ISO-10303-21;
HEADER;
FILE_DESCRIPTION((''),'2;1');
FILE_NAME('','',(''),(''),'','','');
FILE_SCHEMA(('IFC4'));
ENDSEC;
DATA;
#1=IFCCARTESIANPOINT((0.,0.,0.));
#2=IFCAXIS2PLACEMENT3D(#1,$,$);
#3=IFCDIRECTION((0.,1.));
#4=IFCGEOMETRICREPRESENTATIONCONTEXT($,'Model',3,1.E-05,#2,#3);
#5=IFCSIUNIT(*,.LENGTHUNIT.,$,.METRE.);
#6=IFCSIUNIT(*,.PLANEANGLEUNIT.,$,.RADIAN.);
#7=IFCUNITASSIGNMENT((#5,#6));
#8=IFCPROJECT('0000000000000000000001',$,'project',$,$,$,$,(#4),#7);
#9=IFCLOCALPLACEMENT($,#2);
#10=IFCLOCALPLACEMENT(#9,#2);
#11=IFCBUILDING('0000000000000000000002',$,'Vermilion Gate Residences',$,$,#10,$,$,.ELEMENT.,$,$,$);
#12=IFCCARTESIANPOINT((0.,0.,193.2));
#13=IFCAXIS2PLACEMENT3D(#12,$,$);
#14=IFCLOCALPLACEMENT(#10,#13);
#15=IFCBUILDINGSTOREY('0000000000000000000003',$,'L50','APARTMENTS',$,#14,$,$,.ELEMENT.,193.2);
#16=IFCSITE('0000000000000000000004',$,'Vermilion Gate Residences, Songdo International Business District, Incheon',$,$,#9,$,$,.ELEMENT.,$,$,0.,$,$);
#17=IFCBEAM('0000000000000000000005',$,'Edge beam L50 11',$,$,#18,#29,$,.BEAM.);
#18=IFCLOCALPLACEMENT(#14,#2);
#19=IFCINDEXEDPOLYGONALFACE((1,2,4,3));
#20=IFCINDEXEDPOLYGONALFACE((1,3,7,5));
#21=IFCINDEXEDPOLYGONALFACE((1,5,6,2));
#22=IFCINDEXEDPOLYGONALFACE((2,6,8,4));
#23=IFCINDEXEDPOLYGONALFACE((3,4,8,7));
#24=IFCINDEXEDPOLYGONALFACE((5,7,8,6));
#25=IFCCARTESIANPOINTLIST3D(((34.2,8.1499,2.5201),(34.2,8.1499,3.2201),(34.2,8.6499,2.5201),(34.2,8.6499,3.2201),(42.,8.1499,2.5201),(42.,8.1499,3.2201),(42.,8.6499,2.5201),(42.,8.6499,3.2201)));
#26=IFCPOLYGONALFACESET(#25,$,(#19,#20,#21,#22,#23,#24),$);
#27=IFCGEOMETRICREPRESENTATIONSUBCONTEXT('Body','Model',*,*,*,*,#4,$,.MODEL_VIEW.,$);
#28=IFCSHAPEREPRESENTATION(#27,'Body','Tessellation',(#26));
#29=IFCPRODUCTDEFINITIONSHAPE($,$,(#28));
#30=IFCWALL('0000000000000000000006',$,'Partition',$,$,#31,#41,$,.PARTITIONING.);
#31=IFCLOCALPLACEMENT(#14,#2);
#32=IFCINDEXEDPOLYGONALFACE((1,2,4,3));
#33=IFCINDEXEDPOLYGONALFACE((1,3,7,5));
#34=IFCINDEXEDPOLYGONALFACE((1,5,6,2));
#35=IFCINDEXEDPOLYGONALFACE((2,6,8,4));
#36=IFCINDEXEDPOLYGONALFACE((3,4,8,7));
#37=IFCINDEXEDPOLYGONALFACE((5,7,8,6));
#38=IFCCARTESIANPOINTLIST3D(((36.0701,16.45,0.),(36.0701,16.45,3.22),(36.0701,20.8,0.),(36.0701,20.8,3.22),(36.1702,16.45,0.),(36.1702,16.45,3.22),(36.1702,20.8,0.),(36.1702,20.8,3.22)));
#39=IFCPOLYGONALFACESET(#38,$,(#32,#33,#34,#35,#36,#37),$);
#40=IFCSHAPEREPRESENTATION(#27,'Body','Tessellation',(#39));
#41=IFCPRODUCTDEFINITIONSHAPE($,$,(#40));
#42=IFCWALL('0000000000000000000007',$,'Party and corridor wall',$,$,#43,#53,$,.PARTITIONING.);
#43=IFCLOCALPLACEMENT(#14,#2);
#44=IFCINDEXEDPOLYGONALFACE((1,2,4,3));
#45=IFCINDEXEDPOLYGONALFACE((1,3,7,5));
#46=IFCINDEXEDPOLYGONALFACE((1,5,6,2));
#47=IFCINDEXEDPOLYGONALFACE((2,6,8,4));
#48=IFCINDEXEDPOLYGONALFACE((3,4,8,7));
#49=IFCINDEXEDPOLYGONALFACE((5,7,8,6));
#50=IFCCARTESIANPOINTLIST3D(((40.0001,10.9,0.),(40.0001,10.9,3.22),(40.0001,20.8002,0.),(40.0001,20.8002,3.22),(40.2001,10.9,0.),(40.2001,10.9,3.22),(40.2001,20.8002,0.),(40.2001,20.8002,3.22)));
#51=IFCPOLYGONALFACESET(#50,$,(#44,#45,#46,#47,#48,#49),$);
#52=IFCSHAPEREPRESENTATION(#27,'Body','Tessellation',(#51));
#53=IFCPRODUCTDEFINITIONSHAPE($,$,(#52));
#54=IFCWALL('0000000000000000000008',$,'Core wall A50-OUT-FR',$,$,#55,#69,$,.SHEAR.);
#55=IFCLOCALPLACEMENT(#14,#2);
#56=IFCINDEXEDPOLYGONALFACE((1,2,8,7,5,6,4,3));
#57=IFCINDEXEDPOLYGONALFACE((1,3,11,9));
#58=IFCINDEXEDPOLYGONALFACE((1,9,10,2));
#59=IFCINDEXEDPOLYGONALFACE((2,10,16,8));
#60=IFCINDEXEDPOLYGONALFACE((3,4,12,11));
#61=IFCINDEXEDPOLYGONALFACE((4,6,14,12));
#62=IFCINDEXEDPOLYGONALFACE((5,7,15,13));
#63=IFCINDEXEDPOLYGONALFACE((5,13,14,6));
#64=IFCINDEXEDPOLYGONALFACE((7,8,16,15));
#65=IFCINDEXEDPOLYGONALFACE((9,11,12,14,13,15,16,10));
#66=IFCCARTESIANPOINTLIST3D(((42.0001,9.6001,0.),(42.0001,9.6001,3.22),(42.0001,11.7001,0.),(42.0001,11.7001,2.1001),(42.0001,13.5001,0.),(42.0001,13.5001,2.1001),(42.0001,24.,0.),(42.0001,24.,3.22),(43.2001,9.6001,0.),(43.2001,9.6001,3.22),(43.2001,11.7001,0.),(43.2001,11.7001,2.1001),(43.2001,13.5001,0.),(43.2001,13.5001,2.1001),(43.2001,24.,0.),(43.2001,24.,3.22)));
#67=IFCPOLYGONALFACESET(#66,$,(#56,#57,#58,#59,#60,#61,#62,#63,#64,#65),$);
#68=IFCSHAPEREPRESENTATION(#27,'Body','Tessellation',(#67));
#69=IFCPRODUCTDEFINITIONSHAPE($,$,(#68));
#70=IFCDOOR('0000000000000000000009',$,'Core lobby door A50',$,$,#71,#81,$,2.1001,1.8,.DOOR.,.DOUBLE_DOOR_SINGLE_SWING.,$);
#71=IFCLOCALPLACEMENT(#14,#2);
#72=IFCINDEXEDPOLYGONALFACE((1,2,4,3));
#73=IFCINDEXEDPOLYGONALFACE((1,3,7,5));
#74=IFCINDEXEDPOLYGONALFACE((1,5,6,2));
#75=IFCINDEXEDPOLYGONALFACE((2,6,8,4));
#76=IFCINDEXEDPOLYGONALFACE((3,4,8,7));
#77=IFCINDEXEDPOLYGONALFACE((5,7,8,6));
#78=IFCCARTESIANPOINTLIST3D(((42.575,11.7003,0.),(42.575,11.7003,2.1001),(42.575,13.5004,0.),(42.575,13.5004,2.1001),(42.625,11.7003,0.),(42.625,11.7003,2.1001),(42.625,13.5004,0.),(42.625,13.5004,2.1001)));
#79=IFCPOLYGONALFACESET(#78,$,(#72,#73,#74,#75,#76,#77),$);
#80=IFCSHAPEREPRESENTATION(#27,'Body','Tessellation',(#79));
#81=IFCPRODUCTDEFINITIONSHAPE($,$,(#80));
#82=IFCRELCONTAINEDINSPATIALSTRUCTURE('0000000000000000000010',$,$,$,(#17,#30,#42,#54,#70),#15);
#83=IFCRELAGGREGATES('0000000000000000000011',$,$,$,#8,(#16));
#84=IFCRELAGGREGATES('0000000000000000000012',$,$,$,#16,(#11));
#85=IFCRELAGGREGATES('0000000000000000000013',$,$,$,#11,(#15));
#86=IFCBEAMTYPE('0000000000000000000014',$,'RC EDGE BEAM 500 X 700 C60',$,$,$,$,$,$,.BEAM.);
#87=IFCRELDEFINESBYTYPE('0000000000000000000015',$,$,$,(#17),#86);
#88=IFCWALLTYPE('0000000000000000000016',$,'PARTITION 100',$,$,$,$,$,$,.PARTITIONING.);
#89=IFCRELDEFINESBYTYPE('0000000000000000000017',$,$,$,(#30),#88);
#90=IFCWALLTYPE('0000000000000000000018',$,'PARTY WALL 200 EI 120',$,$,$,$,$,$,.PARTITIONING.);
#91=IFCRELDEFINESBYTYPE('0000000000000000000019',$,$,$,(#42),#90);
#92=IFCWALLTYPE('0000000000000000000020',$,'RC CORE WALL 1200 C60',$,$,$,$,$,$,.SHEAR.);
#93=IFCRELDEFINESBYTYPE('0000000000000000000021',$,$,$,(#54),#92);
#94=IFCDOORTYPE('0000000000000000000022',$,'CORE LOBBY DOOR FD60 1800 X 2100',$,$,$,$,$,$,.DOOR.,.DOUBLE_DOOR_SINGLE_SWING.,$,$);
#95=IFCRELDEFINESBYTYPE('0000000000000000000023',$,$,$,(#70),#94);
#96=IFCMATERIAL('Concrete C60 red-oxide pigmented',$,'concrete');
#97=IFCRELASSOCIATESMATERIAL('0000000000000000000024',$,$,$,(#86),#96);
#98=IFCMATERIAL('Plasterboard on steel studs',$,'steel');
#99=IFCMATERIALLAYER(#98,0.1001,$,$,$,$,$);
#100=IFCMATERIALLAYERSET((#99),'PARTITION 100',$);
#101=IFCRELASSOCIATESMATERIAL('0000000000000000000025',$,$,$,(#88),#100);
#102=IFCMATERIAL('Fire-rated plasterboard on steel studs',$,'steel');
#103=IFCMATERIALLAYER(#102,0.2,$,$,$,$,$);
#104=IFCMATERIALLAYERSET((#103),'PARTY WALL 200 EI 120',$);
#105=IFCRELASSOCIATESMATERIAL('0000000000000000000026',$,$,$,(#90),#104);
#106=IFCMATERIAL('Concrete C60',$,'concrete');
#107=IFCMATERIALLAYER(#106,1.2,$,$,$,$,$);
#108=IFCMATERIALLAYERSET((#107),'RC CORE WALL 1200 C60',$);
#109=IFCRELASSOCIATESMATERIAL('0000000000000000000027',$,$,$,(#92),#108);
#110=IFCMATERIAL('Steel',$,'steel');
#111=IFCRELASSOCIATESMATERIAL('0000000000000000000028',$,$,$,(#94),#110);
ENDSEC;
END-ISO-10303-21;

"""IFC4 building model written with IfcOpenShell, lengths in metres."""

from ifc_helpers import new_model, si_unit, direction, frame, frame_2d, origin, origin_2d, place, context, subcontext, project, spatial, rectangle, extrude, material, layer, layer_set, material_profile, profile_set, type_object, element, fill, save


model = new_model("IFC4")

# Units and contexts
model_context = context("Model", 3, precision=1e-05, world=origin(), true_north=direction((0.0, 1.0)))
body_context = subcontext(model_context, "Body", "Model", "MODEL_VIEW")
ifc_project = project(units=[si_unit("LENGTHUNIT", "METRE"), si_unit("PLANEANGLEUNIT", "RADIAN")], contexts=[model_context])

# Site, building, storey
site_placement = place(None, origin())
site = spatial("IfcSite", under=ifc_project, at=site_placement, Name="Vermilion Gate Residences, Songdo International Business District, Incheon", CompositionType="ELEMENT", RefElevation=0.0)
building_placement = place(site_placement, origin())
building = spatial("IfcBuilding", under=site, at=building_placement, Name="Vermilion Gate Residences", CompositionType="ELEMENT")
storey_placement = place(building_placement, frame((0.0, 0.0, 193.2)))
storey = spatial("IfcBuildingStorey", under=building, at=storey_placement, Name="L50", Description="APARTMENTS", CompositionType="ELEMENT", Elevation=193.2)

# Beam
ifc_material_1 = material(Name="Concrete C60 red-oxide pigmented", Category="concrete")
ifc_material_profile_1 = material_profile(ifc_material_1, rectangle(XDim=0.5, YDim=0.7, at=origin_2d()), Name="RC-500x700")
ifc_profile_set_1 = profile_set([ifc_material_profile_1], Name="Concrete C60 red-oxide pigmented")
beam_type = type_object("IfcBeamType", Name="RC EDGE BEAM 500 X 700 C60", PredefinedType="BEAM", material=ifc_profile_set_1)
beam_placement = place(storey_placement, frame((34.2, 8.3999, 2.8701), z_axis=(1.0, 0.0, 0.0), x_axis=(0.0, 1.0, 0.0)))
element("IfcBeam", 1, at=beam_placement, inside=storey, type_object=beam_type, Name="Edge beam L50 11", PredefinedType="BEAM", context=body_context, shape_type="SweptSolid", body=[
    extrude(rectangle(XDim=0.5, YDim=0.7, at=origin_2d()), origin(), (0.0, 0.0, 1.0), 7.8),
])

# Walls
ifc_material_2 = material(Name="Plasterboard on steel studs", Category="steel")
ifc_layer_1 = layer(ifc_material_2, 0.1001)
ifc_layer_set_1 = layer_set([ifc_layer_1], Name="PARTITION 100")
wall_type_1 = type_object("IfcWallType", Name="PARTITION 100", PredefinedType="PARTITIONING", material=ifc_layer_set_1)
wall_1_placement = place(storey_placement, frame((36.1201, 16.45, 0.0), z_axis=(0.0, 0.0, 1.0), x_axis=(0.0, 1.0, 0.0)))
element("IfcWall", 2, at=wall_1_placement, inside=storey, type_object=wall_type_1, Name="Partition", PredefinedType="PARTITIONING", context=body_context, shape_type="SweptSolid", body=[
    extrude(rectangle(XDim=4.3501, YDim=0.1001, at=frame_2d((2.175, 0.0))), origin(), (0.0, 0.0, 1.0), 3.22),
])
ifc_material_3 = material(Name="Fire-rated plasterboard on steel studs", Category="steel")
ifc_layer_2 = layer(ifc_material_3, 0.2)
ifc_layer_set_2 = layer_set([ifc_layer_2], Name="PARTY WALL 200 EI 120")
wall_type_2 = type_object("IfcWallType", Name="PARTY WALL 200 EI 120", PredefinedType="PARTITIONING", material=ifc_layer_set_2)
wall_2_placement = place(storey_placement, frame((40.1001, 10.8999, 0.0), z_axis=(0.0, 0.0, 1.0), x_axis=(0.0, 1.0, 0.0)))
element("IfcWall", 3, at=wall_2_placement, inside=storey, type_object=wall_type_2, Name="Party and corridor wall", PredefinedType="PARTITIONING", context=body_context, shape_type="SweptSolid", body=[
    extrude(rectangle(XDim=9.9001, YDim=0.2, at=frame_2d((4.9502, 0.0))), origin(), (0.0, 0.0, 1.0), 3.22),
])

# Wall, opening, door
ifc_material_4 = material(Name="Concrete C60", Category="concrete")
ifc_layer_3 = layer(ifc_material_4, 1.2)
ifc_layer_set_3 = layer_set([ifc_layer_3], Name="RC CORE WALL 1200 C60")
wall_type_3 = type_object("IfcWallType", Name="RC CORE WALL 1200 C60", PredefinedType="SHEAR", material=ifc_layer_set_3)
wall_3_placement = place(storey_placement, frame((42.6001, 9.6001, 0.0), z_axis=(0.0, 0.0, 1.0), x_axis=(0.0, 1.0, 0.0)))
wall_3 = element("IfcWall", 4, at=wall_3_placement, inside=storey, type_object=wall_type_3, Name="Core wall A50-OUT-FR", PredefinedType="SHEAR", context=body_context, shape_type="SweptSolid", body=[
    extrude(rectangle(XDim=14.3999, YDim=1.2, at=frame_2d((7.2, 0.0))), origin(), (0.0, 0.0, 1.0), 3.22),
])
opening_1_placement = place(wall_3_placement, frame((2.1001, 0.0, 0.0)))
opening_1 = element("IfcOpeningElement", 5, at=opening_1_placement, cuts=wall_3, PredefinedType="OPENING", context=body_context, shape_type="SweptSolid", body=[
    extrude(rectangle(XDim=1.8, YDim=2.1001, at=frame_2d((0.8999, 1.05))), frame((0.0, 0.6099, 0.0), z_axis=(0.0, -1.0, 0.0), x_axis=(1.0, 0.0, 0.0)), (0.0, 0.0, 1.0), 1.22),
])
ifc_material_5 = material(Name="Steel", Category="steel")
door_type = type_object("IfcDoorType", Name="CORE LOBBY DOOR FD60 1800 X 2100", OperationType="DOUBLE_DOOR_SINGLE_SWING", PredefinedType="DOOR", material=ifc_material_5)
door_placement = place(opening_1_placement, frame((1.8, 0.0, 0.0), z_axis=(0.0, 0.0, 1.0), x_axis=(-1.0, 0.0, 0.0)))
door = element("IfcDoor", 6, at=door_placement, inside=storey, type_object=door_type, Name="Core lobby door A50", OperationType="DOUBLE_DOOR_SINGLE_SWING", OverallHeight=2.1001, OverallWidth=1.8, PredefinedType="DOOR", context=body_context, shape_type="SweptSolid", body=[
    extrude(rectangle(XDim=1.8, YDim=2.1001, at=frame_2d((0.8999, 1.05))), frame((0.0, 0.0249, 0.0), z_axis=(0.0, -1.0, 0.0), x_axis=(1.0, 0.0, 0.0)), (0.0, 0.0, 1.0), 0.05),
])
fill(opening_1, door)

save(model, "model.ifc")
